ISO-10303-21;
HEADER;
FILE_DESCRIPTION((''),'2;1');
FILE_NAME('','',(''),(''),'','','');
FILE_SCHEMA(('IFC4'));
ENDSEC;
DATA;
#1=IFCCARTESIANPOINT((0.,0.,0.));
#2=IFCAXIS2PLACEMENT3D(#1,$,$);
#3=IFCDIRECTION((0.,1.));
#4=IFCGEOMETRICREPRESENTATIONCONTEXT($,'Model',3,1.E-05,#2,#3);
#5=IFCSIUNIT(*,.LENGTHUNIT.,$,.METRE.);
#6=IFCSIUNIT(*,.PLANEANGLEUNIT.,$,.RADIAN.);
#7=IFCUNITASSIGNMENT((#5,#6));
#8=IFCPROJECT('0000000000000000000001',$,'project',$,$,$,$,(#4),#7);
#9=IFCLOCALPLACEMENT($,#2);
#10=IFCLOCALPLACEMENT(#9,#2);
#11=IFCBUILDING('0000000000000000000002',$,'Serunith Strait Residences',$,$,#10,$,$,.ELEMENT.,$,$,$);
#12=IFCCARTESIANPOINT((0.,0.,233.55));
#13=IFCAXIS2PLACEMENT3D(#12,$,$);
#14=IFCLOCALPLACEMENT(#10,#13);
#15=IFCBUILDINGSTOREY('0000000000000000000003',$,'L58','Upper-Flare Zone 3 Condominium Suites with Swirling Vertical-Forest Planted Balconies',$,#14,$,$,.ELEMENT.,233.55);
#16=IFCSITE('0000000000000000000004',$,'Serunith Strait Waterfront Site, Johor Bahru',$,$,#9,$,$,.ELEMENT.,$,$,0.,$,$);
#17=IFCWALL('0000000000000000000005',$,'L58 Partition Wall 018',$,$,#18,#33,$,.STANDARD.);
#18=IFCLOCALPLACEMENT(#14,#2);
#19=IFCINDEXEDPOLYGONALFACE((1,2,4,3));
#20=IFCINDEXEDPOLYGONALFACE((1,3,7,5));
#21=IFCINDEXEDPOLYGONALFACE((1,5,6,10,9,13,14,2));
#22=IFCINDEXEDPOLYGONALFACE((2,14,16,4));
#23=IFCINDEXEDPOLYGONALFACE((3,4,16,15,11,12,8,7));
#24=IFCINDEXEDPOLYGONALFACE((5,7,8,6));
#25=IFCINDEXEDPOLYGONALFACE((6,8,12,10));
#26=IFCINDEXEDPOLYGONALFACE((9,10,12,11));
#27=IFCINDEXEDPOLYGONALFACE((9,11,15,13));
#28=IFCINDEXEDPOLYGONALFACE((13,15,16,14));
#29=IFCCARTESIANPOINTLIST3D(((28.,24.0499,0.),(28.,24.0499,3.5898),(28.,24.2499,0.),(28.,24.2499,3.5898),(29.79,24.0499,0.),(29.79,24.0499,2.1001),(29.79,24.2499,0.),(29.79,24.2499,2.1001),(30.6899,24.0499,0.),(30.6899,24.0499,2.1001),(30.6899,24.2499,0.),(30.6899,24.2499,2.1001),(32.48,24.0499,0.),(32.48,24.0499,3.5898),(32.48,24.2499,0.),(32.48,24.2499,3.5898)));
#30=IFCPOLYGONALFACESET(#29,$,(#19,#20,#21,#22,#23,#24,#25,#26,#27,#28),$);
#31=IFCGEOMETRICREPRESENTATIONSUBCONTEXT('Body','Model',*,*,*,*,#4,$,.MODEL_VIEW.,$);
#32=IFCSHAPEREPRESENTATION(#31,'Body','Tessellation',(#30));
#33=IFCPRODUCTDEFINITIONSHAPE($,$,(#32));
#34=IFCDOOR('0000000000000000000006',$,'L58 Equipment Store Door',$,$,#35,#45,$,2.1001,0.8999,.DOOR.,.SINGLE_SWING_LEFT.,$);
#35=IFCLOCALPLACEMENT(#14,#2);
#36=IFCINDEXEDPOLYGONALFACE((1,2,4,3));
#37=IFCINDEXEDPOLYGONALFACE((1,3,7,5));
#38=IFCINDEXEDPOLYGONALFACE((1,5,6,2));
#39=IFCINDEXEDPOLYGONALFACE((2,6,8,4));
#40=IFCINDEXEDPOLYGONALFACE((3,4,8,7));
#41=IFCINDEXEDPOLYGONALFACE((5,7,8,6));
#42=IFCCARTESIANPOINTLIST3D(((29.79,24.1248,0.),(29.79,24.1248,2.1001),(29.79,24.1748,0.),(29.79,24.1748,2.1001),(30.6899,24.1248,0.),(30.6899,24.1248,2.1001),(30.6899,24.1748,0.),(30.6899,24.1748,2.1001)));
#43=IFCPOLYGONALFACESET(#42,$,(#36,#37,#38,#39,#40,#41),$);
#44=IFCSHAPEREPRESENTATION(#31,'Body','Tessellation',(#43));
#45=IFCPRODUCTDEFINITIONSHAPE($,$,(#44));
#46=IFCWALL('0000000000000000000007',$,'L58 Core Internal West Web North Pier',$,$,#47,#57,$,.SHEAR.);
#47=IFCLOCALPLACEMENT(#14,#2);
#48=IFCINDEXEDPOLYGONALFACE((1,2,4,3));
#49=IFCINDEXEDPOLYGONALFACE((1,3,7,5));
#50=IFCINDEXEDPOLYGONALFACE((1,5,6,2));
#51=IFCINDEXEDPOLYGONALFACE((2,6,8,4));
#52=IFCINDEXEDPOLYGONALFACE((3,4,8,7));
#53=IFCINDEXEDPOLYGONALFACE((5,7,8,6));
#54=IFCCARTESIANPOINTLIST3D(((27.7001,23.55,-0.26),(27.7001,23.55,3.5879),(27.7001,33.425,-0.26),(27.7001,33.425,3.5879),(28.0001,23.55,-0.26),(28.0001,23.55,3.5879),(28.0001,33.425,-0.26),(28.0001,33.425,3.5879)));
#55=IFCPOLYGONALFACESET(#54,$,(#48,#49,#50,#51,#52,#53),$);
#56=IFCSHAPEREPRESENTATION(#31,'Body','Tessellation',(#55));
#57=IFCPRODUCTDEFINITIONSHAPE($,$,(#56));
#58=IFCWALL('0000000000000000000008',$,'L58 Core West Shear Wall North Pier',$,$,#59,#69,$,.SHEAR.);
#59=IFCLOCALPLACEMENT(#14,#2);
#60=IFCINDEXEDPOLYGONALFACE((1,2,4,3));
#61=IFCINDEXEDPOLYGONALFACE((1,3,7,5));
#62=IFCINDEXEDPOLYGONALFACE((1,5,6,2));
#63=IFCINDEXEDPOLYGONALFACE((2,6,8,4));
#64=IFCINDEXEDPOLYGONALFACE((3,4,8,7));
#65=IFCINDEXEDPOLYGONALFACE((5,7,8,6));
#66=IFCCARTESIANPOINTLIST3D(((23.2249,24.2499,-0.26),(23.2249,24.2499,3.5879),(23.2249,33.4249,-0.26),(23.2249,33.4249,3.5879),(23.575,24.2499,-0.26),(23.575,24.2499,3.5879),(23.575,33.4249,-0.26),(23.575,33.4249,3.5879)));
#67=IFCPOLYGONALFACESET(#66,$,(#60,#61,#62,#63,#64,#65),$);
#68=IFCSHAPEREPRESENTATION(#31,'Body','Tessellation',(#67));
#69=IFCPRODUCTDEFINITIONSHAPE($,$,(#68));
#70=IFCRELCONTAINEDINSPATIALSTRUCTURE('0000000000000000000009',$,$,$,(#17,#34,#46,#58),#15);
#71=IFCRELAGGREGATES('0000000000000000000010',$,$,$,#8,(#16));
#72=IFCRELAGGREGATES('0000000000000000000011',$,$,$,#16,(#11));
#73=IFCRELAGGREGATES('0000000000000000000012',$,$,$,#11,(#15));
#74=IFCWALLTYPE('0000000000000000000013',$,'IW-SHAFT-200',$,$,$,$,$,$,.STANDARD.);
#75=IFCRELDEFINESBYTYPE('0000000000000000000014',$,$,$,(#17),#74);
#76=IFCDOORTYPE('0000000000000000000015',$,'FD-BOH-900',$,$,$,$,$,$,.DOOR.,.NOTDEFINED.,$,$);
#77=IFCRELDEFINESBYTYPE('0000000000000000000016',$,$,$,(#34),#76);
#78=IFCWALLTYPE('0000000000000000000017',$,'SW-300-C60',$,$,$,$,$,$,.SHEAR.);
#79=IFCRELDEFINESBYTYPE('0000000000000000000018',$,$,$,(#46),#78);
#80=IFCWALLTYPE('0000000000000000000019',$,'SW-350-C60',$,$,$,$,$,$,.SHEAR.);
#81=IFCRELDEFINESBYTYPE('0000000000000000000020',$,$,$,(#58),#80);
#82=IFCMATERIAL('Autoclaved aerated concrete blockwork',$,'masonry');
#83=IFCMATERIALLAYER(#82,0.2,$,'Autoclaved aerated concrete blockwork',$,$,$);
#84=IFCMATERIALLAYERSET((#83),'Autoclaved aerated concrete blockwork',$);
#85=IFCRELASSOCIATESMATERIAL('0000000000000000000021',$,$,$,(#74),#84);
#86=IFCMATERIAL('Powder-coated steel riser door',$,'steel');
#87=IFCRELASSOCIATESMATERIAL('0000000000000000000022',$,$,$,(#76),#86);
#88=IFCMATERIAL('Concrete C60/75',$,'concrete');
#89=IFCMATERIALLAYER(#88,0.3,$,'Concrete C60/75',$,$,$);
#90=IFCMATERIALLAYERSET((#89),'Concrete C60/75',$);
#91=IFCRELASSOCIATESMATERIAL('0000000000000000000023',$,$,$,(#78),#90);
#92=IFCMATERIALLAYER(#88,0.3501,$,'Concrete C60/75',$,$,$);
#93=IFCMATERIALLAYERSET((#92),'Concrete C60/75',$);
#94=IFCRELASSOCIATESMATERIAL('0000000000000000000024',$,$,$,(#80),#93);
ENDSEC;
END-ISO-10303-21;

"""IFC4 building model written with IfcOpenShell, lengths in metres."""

from ifc_helpers import new_model, si_unit, direction, frame, frame_2d, origin, place, context, subcontext, project, spatial, rectangle, extrude, source, transform, mapped, material, layer, layer_set, type_object, element, fill, save


model = new_model("IFC4")

# Units and contexts
model_context = context("Model", 3, precision=1e-05, world=origin(), true_north=direction((0.0, 1.0)))
body_context = subcontext(model_context, "Body", "Model", "MODEL_VIEW")
ifc_project = project(units=[si_unit("LENGTHUNIT", "METRE"), si_unit("PLANEANGLEUNIT", "RADIAN")], contexts=[model_context])

# Site, building, storey
site_placement = place(None, origin())
site = spatial("IfcSite", under=ifc_project, at=site_placement, Name="Serunith Strait Waterfront Site, Johor Bahru", CompositionType="ELEMENT", RefElevation=0.0)
building_placement = place(site_placement, origin())
building = spatial("IfcBuilding", under=site, at=building_placement, Name="Serunith Strait Residences", CompositionType="ELEMENT")
storey_placement = place(building_placement, frame((0.0, 0.0, 233.55)))
storey = spatial("IfcBuildingStorey", under=building, at=storey_placement, Name="L58", Description="Upper-Flare Zone 3 Condominium Suites with Swirling Vertical-Forest Planted Balconies", CompositionType="ELEMENT", Elevation=233.55)

# Wall, opening, door
ifc_material_1 = material(Name="Autoclaved aerated concrete blockwork", Category="masonry")
ifc_layer_1 = layer(ifc_material_1, 0.2, Name="Autoclaved aerated concrete blockwork")
ifc_layer_set_1 = layer_set([ifc_layer_1], Name="Autoclaved aerated concrete blockwork")
wall_type_1 = type_object("IfcWallType", Name="IW-SHAFT-200", PredefinedType="STANDARD", material=ifc_layer_set_1)
wall_1_placement = place(storey_placement, frame((28.0, 24.1499, 0.0), z_axis=(0.0, 0.0, 1.0), x_axis=(1.0, 0.0, 0.0)))
wall_1 = element("IfcWall", 1, at=wall_1_placement, inside=storey, type_object=wall_type_1, Name="L58 Partition Wall 018", PredefinedType="STANDARD", context=body_context, shape_type="SweptSolid", body=[
    extrude(rectangle(XDim=4.48, YDim=0.2, at=frame_2d((2.24, 0.0))), origin(), (0.0, 0.0, 1.0), 3.5898),
])
opening_1_placement = place(wall_1_placement, frame((1.79, 0.0, 0.0)))
opening_1 = element("IfcOpeningElement", 2, at=opening_1_placement, cuts=wall_1, PredefinedType="OPENING", context=body_context, shape_type="SweptSolid", body=[
    extrude(rectangle(XDim=0.8999, YDim=2.1001, at=frame_2d((0.45, 1.05))), frame((0.0, 0.1099, 0.0), z_axis=(0.0, -1.0, 0.0), x_axis=(1.0, 0.0, 0.0)), (0.0, 0.0, 1.0), 0.22),
])
ifc_material_2 = material(Name="Powder-coated steel riser door", Category="steel")
door_type_1 = type_object("IfcDoorType", Name="FD-BOH-900", OperationType="NOTDEFINED", PredefinedType="DOOR", material=ifc_material_2)
shared_shape_1 = source(origin(), body_context, "Body", "SweptSolid", [
    extrude(rectangle(XDim=0.8999, YDim=2.1001, at=frame_2d((0.45, 1.05))), frame((0.0, 0.0249, 0.0), z_axis=(0.0, -1.0, 0.0), x_axis=(1.0, 0.0, 0.0)), (0.0, 0.0, 1.0), 0.05),
])
door_1_placement = place(opening_1_placement, origin())
door_1 = element("IfcDoor", 3, at=door_1_placement, inside=storey, type_object=door_type_1, Name="L58 Equipment Store Door", OperationType="SINGLE_SWING_LEFT", OverallHeight=2.1001, OverallWidth=0.8999, PredefinedType="DOOR", context=body_context, shape_type="MappedRepresentation", body=[
    mapped(shared_shape_1, transform((0.0, 0.0, 0.0), scale=1.0)),
])
fill(opening_1, door_1)

# Walls
ifc_material_3 = material(Name="Concrete C60/75", Category="concrete")
ifc_layer_2 = layer(ifc_material_3, 0.3, Name="Concrete C60/75")
ifc_layer_set_2 = layer_set([ifc_layer_2], Name="Concrete C60/75")
wall_type_2 = type_object("IfcWallType", Name="SW-300-C60", PredefinedType="SHEAR", material=ifc_layer_set_2)
wall_2_placement = place(storey_placement, frame((27.8501, 23.55, -0.26), z_axis=(0.0, 0.0, 1.0), x_axis=(0.0, 1.0, 0.0)))
element("IfcWall", 4, at=wall_2_placement, inside=storey, type_object=wall_type_2, Name="L58 Core Internal West Web North Pier", PredefinedType="SHEAR", context=body_context, shape_type="SweptSolid", body=[
    extrude(rectangle(XDim=9.875, YDim=0.3, at=frame_2d((4.9375, 0.0))), origin(), (0.0, 0.0, 1.0), 3.8479),
])
ifc_layer_3 = layer(ifc_material_3, 0.3501, Name="Concrete C60/75")
ifc_layer_set_3 = layer_set([ifc_layer_3], Name="Concrete C60/75")
wall_type_3 = type_object("IfcWallType", Name="SW-350-C60", PredefinedType="SHEAR", material=ifc_layer_set_3)
wall_3_placement = place(storey_placement, frame((23.3999, 24.25, -0.26), z_axis=(0.0, 0.0, 1.0), x_axis=(0.0, 1.0, 0.0)))
element("IfcWall", 5, at=wall_3_placement, inside=storey, type_object=wall_type_3, Name="L58 Core West Shear Wall North Pier", PredefinedType="SHEAR", context=body_context, shape_type="SweptSolid", body=[
    extrude(rectangle(XDim=9.175, YDim=0.3501, at=frame_2d((4.5874, 0.0))), origin(), (0.0, 0.0, 1.0), 3.8479),
])

save(model, "model.ifc")
